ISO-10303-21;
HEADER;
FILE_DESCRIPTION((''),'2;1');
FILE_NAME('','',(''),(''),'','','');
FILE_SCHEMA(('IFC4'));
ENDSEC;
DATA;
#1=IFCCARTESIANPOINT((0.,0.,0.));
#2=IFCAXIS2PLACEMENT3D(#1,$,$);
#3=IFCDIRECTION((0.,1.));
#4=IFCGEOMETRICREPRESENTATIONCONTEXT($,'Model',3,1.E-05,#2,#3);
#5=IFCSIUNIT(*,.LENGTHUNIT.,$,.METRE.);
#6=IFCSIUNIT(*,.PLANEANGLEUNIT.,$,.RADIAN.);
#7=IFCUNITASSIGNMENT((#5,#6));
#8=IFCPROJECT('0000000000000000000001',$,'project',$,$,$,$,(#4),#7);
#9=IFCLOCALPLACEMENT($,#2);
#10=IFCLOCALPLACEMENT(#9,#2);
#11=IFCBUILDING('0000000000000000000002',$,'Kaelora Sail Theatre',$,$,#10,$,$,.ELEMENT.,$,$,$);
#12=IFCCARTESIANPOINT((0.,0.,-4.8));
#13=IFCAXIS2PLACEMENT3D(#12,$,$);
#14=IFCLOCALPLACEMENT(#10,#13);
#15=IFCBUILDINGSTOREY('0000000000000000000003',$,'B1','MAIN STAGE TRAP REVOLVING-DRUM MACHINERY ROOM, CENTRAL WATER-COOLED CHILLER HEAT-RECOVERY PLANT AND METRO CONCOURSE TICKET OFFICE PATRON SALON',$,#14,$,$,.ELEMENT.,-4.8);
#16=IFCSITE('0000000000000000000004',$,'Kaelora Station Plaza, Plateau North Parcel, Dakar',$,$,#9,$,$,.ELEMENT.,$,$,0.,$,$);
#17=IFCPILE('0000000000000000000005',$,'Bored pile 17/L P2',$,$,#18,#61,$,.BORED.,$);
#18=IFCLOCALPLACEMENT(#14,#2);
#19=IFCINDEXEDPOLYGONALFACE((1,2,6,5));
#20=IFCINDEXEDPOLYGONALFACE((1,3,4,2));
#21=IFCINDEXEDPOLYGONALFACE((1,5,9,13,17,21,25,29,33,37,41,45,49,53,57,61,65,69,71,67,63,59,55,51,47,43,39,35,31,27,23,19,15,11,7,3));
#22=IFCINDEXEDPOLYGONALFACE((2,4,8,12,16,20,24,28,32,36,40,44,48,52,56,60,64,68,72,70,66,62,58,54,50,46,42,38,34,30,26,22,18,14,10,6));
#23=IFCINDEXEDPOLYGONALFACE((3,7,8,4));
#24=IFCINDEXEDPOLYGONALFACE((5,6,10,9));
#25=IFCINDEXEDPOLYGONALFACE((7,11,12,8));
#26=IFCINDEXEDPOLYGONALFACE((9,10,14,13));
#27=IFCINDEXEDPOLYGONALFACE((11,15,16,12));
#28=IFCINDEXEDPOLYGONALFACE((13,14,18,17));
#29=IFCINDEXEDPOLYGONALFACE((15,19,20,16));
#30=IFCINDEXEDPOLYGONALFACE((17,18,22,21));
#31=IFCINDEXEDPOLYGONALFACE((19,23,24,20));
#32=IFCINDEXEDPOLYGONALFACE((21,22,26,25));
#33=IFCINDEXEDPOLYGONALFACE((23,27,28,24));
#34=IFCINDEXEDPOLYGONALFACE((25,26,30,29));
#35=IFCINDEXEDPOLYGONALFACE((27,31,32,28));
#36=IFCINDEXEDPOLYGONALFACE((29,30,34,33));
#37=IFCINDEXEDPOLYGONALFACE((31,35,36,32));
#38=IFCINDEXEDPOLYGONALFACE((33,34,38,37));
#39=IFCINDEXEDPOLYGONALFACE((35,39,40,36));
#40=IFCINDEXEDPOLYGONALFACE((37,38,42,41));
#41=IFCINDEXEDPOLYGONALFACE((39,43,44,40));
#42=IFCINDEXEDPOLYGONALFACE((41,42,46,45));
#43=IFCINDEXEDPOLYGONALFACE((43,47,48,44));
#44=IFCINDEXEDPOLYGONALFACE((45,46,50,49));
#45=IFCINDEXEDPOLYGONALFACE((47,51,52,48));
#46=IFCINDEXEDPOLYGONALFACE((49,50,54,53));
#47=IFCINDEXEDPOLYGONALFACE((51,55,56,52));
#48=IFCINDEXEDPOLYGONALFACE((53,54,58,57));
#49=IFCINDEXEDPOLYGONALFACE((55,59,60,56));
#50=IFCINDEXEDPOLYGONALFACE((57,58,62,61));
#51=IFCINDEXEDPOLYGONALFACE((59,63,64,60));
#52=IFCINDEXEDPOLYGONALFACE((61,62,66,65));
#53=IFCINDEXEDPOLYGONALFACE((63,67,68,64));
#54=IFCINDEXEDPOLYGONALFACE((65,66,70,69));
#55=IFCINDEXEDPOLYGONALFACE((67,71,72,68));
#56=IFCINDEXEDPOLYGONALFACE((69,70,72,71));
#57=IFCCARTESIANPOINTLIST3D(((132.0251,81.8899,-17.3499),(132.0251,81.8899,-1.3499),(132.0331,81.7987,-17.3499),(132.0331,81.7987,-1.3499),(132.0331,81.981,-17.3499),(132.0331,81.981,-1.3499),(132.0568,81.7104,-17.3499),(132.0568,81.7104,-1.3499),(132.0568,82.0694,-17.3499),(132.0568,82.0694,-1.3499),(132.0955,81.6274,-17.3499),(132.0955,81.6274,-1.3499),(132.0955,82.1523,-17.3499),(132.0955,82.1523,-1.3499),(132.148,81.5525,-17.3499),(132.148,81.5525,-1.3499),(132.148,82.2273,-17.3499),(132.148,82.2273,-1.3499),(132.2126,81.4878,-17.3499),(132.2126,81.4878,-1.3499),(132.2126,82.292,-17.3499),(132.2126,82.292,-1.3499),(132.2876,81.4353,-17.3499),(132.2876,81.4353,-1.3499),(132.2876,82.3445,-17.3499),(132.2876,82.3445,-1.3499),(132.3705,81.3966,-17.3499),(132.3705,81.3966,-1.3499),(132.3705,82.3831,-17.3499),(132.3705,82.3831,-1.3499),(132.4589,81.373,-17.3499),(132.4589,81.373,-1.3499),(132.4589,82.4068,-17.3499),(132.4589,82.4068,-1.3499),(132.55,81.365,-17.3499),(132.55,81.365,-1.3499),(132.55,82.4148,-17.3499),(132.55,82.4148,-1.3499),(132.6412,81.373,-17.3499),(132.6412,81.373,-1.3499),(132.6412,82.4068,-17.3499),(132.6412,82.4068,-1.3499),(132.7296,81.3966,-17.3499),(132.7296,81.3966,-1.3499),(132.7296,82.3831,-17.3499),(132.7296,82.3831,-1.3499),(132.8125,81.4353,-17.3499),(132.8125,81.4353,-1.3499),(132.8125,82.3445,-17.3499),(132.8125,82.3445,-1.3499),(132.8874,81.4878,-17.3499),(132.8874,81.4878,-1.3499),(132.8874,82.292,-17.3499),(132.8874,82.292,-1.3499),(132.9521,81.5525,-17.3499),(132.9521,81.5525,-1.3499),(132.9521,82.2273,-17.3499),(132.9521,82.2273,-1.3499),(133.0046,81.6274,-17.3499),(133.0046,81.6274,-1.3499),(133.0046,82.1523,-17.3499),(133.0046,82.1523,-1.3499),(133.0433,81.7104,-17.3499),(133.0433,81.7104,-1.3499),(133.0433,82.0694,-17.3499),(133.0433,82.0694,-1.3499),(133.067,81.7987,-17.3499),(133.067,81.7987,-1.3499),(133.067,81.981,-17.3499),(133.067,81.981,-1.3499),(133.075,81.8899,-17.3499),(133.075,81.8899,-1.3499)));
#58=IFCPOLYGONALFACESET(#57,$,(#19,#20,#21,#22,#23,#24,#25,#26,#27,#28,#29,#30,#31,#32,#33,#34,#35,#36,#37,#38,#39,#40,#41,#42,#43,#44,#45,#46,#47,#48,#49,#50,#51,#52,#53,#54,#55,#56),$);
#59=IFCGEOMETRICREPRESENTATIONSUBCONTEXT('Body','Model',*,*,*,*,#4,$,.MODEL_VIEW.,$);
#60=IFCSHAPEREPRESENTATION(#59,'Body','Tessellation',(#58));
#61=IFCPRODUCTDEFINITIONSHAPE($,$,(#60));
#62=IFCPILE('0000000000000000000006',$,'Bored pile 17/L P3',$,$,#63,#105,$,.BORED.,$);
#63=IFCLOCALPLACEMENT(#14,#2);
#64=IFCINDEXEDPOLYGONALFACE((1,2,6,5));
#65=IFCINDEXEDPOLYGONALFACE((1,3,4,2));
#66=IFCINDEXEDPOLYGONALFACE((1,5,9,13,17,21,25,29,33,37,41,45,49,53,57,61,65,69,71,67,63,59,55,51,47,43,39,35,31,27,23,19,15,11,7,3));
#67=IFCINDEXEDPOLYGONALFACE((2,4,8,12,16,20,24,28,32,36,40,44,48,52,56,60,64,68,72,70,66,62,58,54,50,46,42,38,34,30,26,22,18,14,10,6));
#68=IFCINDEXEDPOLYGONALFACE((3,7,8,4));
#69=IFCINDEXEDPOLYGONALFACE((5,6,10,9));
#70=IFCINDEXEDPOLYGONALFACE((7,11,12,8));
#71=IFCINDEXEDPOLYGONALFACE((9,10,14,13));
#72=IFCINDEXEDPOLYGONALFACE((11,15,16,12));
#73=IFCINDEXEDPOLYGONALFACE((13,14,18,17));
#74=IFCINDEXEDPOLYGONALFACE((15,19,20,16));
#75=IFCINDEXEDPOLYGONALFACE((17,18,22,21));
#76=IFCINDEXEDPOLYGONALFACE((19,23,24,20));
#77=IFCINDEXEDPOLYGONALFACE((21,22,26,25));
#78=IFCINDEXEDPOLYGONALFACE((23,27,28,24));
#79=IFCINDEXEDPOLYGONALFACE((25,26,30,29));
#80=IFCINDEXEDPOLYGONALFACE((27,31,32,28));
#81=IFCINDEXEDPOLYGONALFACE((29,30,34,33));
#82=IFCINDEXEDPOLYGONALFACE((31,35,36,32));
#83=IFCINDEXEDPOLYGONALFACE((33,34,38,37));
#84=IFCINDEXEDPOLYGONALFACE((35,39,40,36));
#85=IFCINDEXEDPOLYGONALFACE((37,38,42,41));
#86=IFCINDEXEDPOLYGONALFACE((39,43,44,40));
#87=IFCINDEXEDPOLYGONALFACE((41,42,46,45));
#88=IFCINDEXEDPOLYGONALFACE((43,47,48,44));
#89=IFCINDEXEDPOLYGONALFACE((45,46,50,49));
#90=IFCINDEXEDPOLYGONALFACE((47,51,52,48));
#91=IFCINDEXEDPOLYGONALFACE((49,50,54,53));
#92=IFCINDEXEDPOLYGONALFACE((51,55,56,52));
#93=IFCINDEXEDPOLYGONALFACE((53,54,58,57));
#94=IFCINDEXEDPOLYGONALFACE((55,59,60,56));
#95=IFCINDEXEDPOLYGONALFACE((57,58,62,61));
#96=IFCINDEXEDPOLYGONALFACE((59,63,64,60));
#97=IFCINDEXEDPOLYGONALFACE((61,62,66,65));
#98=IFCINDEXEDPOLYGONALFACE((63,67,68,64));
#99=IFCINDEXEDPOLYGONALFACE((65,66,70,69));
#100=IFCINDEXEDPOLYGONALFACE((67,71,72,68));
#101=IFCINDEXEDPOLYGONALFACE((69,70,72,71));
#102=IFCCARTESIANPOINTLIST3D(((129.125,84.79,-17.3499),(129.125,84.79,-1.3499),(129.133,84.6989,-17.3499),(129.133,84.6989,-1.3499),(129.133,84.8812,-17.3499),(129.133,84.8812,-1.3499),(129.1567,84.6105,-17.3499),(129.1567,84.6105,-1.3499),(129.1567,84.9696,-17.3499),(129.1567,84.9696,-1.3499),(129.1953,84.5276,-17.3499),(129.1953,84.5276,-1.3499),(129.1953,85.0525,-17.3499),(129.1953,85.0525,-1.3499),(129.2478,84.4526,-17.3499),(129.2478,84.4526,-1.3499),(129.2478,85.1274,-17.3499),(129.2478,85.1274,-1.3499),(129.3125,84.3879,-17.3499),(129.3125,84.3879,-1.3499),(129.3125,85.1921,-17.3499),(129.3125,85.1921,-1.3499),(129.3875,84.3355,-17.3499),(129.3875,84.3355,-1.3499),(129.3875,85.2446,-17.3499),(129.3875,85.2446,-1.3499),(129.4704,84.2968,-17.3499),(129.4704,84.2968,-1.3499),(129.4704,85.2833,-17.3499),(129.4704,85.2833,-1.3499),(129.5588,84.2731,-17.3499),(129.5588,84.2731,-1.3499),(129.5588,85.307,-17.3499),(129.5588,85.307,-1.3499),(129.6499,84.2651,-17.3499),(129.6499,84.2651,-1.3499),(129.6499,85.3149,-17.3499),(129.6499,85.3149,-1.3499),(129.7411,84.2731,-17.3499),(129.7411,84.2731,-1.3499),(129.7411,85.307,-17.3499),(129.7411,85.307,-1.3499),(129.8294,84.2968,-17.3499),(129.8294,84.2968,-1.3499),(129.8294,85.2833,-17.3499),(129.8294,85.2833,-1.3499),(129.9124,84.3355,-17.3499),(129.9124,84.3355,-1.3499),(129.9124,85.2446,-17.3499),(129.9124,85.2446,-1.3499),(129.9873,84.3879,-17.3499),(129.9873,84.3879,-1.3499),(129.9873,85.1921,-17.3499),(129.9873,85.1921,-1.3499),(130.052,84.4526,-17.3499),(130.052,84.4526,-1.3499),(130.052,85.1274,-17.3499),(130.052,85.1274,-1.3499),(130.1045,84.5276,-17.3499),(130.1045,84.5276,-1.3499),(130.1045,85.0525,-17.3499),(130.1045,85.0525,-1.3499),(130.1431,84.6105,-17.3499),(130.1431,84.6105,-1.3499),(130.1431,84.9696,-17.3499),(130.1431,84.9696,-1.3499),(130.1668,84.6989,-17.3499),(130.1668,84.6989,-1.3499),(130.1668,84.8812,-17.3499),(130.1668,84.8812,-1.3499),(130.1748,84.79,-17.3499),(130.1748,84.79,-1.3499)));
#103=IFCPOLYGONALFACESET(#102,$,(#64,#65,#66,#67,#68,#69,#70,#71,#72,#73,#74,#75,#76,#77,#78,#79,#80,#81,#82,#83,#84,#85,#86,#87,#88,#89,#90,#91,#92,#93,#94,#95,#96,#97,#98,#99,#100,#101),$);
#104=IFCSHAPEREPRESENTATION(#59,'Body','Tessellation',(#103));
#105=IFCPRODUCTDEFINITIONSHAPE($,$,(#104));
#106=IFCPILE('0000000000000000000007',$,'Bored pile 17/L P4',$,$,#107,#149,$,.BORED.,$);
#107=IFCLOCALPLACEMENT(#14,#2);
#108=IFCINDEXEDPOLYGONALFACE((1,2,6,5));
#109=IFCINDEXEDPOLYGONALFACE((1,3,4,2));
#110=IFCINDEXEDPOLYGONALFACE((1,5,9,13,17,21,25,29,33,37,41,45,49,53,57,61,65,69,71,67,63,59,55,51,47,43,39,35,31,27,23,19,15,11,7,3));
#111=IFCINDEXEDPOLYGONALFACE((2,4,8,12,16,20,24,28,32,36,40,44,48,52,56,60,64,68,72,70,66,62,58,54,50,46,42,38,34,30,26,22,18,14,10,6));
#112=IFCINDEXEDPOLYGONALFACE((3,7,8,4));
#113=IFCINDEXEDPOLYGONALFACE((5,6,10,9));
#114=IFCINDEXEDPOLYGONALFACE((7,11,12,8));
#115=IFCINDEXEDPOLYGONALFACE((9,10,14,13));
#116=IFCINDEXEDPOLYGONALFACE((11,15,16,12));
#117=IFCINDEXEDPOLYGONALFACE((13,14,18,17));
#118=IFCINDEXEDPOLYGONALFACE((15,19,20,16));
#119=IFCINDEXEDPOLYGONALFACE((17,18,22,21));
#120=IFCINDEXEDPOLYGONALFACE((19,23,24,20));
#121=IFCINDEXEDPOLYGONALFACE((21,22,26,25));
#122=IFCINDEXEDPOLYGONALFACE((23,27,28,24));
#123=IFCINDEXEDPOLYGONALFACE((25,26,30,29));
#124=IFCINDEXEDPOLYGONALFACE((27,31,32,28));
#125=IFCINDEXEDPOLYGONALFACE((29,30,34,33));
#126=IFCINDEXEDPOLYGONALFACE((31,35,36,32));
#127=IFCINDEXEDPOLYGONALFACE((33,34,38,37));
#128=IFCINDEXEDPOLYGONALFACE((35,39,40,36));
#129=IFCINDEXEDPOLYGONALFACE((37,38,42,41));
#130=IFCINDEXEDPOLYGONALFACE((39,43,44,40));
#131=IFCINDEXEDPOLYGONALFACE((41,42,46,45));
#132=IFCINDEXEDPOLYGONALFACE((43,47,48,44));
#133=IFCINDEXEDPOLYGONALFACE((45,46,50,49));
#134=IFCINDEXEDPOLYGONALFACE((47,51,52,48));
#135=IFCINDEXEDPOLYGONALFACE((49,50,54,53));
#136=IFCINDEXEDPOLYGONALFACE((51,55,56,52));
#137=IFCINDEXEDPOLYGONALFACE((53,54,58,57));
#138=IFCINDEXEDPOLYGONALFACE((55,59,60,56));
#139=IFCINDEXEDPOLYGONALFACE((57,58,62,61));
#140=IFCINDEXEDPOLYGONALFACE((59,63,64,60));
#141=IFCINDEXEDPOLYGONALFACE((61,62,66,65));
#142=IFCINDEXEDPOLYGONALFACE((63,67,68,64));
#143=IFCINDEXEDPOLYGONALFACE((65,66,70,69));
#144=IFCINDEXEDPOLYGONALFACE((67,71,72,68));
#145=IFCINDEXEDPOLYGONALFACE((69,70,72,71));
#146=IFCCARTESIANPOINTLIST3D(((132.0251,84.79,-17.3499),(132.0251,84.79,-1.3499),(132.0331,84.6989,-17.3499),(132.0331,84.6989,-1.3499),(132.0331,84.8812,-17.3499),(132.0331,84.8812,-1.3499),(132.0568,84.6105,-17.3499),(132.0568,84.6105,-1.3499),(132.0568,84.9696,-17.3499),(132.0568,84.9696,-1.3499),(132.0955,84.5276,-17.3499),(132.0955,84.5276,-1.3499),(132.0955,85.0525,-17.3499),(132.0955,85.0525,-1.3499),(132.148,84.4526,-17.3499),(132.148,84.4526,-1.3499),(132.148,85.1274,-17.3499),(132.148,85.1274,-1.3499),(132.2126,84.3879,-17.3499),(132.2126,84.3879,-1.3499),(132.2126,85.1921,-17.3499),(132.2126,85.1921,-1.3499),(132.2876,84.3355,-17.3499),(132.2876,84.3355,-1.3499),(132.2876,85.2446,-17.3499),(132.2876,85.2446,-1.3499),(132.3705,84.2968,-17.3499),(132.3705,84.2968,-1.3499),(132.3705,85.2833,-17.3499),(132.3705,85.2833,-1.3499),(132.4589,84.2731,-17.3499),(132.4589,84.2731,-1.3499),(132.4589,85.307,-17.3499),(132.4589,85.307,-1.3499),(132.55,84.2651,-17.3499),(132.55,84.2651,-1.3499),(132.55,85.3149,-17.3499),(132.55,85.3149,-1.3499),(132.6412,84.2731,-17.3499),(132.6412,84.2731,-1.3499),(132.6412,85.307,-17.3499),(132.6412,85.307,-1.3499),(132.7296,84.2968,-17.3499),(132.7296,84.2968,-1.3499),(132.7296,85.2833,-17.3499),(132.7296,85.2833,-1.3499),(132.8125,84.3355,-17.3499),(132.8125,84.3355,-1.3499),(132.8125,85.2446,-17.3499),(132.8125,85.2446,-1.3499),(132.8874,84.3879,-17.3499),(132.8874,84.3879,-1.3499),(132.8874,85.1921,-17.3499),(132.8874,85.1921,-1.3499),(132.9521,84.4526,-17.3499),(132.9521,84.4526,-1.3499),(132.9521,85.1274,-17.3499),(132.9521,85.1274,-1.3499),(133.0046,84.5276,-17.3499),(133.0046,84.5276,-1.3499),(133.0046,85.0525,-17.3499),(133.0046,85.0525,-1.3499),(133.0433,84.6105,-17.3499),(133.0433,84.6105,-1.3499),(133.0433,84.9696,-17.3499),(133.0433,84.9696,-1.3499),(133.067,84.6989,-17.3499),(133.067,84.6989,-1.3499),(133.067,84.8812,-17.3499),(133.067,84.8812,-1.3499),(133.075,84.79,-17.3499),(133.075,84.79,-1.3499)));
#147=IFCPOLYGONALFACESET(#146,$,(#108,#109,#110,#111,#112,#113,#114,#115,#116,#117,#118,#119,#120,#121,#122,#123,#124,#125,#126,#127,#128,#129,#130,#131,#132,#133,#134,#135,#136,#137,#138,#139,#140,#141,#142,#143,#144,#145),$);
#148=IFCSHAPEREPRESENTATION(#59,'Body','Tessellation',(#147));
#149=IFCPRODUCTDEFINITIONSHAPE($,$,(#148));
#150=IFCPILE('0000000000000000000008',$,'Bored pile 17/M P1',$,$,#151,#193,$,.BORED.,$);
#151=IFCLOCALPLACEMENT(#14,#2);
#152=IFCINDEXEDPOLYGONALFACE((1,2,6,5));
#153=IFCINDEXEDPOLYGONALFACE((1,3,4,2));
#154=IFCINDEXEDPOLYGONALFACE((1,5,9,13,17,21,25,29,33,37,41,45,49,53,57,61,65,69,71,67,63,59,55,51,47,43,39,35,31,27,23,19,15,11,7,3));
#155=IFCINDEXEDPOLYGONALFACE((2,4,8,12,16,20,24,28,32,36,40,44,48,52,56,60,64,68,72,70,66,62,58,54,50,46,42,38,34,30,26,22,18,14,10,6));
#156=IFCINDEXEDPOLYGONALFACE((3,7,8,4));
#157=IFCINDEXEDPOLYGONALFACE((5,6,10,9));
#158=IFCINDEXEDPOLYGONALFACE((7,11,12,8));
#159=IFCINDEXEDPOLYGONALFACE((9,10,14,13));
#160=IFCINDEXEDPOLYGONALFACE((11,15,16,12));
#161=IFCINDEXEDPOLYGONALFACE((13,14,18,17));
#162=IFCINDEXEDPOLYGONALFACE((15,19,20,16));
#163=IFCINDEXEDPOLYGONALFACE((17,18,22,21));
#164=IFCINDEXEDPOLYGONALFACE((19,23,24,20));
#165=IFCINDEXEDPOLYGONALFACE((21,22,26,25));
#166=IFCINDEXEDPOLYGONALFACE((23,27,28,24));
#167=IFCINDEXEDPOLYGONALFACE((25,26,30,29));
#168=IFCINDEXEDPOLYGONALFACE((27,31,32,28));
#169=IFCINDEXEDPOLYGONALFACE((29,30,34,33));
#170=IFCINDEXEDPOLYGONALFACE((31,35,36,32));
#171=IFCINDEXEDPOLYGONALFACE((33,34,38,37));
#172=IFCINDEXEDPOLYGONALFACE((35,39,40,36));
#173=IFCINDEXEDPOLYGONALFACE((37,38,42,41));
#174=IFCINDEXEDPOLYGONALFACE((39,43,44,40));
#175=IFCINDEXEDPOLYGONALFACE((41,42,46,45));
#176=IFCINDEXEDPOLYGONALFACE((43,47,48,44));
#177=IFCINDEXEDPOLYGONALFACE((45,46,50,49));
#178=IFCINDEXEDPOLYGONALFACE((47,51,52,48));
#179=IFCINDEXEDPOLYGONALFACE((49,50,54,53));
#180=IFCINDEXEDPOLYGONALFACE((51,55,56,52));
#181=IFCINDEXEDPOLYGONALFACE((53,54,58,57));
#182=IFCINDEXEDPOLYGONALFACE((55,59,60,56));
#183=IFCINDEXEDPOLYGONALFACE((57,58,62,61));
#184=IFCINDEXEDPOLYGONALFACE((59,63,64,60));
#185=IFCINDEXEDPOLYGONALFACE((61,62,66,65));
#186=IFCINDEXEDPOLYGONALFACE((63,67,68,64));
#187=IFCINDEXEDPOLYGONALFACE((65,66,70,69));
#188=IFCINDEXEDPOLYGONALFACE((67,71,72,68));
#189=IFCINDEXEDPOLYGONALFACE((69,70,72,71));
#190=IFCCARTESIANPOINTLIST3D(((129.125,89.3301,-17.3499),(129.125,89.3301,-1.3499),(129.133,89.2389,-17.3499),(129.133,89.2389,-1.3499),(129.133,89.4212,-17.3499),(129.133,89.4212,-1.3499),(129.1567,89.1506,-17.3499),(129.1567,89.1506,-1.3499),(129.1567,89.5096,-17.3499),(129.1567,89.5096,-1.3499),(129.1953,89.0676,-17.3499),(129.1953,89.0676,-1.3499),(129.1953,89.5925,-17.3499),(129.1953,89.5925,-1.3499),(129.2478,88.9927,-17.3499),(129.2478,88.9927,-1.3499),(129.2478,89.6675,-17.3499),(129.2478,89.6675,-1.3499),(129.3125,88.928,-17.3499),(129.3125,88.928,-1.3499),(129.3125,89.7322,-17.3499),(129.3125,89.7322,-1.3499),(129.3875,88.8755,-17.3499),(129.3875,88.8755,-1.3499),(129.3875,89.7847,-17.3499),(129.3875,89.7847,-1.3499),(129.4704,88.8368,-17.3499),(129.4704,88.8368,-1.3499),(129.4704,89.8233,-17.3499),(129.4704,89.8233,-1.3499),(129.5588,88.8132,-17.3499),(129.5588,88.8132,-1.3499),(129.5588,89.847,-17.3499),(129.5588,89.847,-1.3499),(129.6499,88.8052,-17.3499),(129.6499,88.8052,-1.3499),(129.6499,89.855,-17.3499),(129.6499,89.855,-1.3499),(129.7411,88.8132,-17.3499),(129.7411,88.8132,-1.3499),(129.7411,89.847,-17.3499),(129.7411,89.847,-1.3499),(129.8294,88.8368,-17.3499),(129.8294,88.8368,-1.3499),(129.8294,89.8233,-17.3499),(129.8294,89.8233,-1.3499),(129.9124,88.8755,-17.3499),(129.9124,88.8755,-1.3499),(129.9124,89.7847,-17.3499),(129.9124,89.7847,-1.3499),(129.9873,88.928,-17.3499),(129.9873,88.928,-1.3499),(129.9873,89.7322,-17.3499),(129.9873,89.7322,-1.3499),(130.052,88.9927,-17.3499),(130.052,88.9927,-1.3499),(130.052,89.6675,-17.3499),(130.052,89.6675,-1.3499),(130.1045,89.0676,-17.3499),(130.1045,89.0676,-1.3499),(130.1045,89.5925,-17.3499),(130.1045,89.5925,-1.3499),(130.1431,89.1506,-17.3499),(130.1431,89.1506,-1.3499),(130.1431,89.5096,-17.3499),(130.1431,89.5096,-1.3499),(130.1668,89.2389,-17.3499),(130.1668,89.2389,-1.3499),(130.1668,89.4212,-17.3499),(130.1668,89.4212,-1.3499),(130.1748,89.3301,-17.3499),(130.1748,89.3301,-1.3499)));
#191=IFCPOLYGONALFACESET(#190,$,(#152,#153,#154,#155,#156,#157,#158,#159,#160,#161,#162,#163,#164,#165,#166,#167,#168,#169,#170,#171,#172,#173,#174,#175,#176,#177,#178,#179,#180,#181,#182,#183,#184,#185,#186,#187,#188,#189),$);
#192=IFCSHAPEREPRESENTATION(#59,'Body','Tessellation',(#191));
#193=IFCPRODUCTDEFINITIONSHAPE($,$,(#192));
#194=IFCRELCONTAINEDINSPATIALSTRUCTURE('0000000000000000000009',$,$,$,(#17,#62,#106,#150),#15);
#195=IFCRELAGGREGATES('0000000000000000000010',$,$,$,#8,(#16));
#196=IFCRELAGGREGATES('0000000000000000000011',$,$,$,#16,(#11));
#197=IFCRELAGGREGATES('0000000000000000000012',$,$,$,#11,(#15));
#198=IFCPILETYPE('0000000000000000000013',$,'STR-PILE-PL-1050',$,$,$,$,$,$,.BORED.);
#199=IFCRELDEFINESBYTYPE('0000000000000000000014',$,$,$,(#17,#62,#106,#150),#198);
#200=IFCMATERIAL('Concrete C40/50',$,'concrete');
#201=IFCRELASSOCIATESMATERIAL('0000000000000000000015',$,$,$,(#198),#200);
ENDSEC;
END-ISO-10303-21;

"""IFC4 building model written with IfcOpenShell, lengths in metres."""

from ifc_helpers import new_model, si_unit, direction, frame, origin, origin_2d, place, context, subcontext, project, spatial, circle, extrude, material, material_profile, profile_set, type_object, element, save


model = new_model("IFC4")

# Units and contexts
model_context = context("Model", 3, precision=1e-05, world=origin(), true_north=direction((0.0, 1.0)))
body_context = subcontext(model_context, "Body", "Model", "MODEL_VIEW")
ifc_project = project(units=[si_unit("LENGTHUNIT", "METRE"), si_unit("PLANEANGLEUNIT", "RADIAN")], contexts=[model_context])

# Site, building, storey
site_placement = place(None, origin())
site = spatial("IfcSite", under=ifc_project, at=site_placement, Name="Kaelora Station Plaza, Plateau North Parcel, Dakar", CompositionType="ELEMENT", RefElevation=0.0)
building_placement = place(site_placement, origin())
building = spatial("IfcBuilding", under=site, at=building_placement, Name="Kaelora Sail Theatre", CompositionType="ELEMENT")
storey_placement = place(building_placement, frame((0.0, 0.0, -4.8)))
storey = spatial("IfcBuildingStorey", under=building, at=storey_placement, Name="B1", Description="MAIN STAGE TRAP REVOLVING-DRUM MACHINERY ROOM, CENTRAL WATER-COOLED CHILLER HEAT-RECOVERY PLANT AND METRO CONCOURSE TICKET OFFICE PATRON SALON", CompositionType="ELEMENT", Elevation=-4.8)

# Piles
ifc_material_1 = material(Name="Concrete C40/50", Category="concrete")
ifc_material_profile_1 = material_profile(ifc_material_1, circle(Radius=0.5249, at=origin_2d()), Name="PILE D1050")
ifc_profile_set_1 = profile_set([ifc_material_profile_1], Name="Concrete C40/50")
pile_type_1 = type_object("IfcPileType", Name="STR-PILE-PL-1050", PredefinedType="BORED", material=ifc_profile_set_1)
for number, where, z_axis, x_axis, name in (
    (1, (132.55, 81.8899, -1.3499), (0.0, 0.0, -1.0), (1.0, 0.0, 0.0), "Bored pile 17/L P2"),
    (2, (129.6499, 84.79, -1.3499), (0.0, 0.0, -1.0), (1.0, 0.0, 0.0), "Bored pile 17/L P3"),
    (3, (132.55, 84.79, -1.3499), (0.0, 0.0, -1.0), (1.0, 0.0, 0.0), "Bored pile 17/L P4"),
    (4, (129.6499, 89.3301, -1.3499), (0.0, 0.0, -1.0), (1.0, 0.0, 0.0), "Bored pile 17/M P1"),
):
    element("IfcPile", number, at=place(storey_placement, frame(where, z_axis=z_axis, x_axis=x_axis)), inside=storey, type_object=pile_type_1, Name=name, PredefinedType="BORED", context=body_context, shape_type="SweptSolid", body=[
        extrude(circle(Radius=0.5249, at=origin_2d()), origin(), (0.0, 0.0, 1.0), 16.0),
    ])

save(model, "model.ifc")
